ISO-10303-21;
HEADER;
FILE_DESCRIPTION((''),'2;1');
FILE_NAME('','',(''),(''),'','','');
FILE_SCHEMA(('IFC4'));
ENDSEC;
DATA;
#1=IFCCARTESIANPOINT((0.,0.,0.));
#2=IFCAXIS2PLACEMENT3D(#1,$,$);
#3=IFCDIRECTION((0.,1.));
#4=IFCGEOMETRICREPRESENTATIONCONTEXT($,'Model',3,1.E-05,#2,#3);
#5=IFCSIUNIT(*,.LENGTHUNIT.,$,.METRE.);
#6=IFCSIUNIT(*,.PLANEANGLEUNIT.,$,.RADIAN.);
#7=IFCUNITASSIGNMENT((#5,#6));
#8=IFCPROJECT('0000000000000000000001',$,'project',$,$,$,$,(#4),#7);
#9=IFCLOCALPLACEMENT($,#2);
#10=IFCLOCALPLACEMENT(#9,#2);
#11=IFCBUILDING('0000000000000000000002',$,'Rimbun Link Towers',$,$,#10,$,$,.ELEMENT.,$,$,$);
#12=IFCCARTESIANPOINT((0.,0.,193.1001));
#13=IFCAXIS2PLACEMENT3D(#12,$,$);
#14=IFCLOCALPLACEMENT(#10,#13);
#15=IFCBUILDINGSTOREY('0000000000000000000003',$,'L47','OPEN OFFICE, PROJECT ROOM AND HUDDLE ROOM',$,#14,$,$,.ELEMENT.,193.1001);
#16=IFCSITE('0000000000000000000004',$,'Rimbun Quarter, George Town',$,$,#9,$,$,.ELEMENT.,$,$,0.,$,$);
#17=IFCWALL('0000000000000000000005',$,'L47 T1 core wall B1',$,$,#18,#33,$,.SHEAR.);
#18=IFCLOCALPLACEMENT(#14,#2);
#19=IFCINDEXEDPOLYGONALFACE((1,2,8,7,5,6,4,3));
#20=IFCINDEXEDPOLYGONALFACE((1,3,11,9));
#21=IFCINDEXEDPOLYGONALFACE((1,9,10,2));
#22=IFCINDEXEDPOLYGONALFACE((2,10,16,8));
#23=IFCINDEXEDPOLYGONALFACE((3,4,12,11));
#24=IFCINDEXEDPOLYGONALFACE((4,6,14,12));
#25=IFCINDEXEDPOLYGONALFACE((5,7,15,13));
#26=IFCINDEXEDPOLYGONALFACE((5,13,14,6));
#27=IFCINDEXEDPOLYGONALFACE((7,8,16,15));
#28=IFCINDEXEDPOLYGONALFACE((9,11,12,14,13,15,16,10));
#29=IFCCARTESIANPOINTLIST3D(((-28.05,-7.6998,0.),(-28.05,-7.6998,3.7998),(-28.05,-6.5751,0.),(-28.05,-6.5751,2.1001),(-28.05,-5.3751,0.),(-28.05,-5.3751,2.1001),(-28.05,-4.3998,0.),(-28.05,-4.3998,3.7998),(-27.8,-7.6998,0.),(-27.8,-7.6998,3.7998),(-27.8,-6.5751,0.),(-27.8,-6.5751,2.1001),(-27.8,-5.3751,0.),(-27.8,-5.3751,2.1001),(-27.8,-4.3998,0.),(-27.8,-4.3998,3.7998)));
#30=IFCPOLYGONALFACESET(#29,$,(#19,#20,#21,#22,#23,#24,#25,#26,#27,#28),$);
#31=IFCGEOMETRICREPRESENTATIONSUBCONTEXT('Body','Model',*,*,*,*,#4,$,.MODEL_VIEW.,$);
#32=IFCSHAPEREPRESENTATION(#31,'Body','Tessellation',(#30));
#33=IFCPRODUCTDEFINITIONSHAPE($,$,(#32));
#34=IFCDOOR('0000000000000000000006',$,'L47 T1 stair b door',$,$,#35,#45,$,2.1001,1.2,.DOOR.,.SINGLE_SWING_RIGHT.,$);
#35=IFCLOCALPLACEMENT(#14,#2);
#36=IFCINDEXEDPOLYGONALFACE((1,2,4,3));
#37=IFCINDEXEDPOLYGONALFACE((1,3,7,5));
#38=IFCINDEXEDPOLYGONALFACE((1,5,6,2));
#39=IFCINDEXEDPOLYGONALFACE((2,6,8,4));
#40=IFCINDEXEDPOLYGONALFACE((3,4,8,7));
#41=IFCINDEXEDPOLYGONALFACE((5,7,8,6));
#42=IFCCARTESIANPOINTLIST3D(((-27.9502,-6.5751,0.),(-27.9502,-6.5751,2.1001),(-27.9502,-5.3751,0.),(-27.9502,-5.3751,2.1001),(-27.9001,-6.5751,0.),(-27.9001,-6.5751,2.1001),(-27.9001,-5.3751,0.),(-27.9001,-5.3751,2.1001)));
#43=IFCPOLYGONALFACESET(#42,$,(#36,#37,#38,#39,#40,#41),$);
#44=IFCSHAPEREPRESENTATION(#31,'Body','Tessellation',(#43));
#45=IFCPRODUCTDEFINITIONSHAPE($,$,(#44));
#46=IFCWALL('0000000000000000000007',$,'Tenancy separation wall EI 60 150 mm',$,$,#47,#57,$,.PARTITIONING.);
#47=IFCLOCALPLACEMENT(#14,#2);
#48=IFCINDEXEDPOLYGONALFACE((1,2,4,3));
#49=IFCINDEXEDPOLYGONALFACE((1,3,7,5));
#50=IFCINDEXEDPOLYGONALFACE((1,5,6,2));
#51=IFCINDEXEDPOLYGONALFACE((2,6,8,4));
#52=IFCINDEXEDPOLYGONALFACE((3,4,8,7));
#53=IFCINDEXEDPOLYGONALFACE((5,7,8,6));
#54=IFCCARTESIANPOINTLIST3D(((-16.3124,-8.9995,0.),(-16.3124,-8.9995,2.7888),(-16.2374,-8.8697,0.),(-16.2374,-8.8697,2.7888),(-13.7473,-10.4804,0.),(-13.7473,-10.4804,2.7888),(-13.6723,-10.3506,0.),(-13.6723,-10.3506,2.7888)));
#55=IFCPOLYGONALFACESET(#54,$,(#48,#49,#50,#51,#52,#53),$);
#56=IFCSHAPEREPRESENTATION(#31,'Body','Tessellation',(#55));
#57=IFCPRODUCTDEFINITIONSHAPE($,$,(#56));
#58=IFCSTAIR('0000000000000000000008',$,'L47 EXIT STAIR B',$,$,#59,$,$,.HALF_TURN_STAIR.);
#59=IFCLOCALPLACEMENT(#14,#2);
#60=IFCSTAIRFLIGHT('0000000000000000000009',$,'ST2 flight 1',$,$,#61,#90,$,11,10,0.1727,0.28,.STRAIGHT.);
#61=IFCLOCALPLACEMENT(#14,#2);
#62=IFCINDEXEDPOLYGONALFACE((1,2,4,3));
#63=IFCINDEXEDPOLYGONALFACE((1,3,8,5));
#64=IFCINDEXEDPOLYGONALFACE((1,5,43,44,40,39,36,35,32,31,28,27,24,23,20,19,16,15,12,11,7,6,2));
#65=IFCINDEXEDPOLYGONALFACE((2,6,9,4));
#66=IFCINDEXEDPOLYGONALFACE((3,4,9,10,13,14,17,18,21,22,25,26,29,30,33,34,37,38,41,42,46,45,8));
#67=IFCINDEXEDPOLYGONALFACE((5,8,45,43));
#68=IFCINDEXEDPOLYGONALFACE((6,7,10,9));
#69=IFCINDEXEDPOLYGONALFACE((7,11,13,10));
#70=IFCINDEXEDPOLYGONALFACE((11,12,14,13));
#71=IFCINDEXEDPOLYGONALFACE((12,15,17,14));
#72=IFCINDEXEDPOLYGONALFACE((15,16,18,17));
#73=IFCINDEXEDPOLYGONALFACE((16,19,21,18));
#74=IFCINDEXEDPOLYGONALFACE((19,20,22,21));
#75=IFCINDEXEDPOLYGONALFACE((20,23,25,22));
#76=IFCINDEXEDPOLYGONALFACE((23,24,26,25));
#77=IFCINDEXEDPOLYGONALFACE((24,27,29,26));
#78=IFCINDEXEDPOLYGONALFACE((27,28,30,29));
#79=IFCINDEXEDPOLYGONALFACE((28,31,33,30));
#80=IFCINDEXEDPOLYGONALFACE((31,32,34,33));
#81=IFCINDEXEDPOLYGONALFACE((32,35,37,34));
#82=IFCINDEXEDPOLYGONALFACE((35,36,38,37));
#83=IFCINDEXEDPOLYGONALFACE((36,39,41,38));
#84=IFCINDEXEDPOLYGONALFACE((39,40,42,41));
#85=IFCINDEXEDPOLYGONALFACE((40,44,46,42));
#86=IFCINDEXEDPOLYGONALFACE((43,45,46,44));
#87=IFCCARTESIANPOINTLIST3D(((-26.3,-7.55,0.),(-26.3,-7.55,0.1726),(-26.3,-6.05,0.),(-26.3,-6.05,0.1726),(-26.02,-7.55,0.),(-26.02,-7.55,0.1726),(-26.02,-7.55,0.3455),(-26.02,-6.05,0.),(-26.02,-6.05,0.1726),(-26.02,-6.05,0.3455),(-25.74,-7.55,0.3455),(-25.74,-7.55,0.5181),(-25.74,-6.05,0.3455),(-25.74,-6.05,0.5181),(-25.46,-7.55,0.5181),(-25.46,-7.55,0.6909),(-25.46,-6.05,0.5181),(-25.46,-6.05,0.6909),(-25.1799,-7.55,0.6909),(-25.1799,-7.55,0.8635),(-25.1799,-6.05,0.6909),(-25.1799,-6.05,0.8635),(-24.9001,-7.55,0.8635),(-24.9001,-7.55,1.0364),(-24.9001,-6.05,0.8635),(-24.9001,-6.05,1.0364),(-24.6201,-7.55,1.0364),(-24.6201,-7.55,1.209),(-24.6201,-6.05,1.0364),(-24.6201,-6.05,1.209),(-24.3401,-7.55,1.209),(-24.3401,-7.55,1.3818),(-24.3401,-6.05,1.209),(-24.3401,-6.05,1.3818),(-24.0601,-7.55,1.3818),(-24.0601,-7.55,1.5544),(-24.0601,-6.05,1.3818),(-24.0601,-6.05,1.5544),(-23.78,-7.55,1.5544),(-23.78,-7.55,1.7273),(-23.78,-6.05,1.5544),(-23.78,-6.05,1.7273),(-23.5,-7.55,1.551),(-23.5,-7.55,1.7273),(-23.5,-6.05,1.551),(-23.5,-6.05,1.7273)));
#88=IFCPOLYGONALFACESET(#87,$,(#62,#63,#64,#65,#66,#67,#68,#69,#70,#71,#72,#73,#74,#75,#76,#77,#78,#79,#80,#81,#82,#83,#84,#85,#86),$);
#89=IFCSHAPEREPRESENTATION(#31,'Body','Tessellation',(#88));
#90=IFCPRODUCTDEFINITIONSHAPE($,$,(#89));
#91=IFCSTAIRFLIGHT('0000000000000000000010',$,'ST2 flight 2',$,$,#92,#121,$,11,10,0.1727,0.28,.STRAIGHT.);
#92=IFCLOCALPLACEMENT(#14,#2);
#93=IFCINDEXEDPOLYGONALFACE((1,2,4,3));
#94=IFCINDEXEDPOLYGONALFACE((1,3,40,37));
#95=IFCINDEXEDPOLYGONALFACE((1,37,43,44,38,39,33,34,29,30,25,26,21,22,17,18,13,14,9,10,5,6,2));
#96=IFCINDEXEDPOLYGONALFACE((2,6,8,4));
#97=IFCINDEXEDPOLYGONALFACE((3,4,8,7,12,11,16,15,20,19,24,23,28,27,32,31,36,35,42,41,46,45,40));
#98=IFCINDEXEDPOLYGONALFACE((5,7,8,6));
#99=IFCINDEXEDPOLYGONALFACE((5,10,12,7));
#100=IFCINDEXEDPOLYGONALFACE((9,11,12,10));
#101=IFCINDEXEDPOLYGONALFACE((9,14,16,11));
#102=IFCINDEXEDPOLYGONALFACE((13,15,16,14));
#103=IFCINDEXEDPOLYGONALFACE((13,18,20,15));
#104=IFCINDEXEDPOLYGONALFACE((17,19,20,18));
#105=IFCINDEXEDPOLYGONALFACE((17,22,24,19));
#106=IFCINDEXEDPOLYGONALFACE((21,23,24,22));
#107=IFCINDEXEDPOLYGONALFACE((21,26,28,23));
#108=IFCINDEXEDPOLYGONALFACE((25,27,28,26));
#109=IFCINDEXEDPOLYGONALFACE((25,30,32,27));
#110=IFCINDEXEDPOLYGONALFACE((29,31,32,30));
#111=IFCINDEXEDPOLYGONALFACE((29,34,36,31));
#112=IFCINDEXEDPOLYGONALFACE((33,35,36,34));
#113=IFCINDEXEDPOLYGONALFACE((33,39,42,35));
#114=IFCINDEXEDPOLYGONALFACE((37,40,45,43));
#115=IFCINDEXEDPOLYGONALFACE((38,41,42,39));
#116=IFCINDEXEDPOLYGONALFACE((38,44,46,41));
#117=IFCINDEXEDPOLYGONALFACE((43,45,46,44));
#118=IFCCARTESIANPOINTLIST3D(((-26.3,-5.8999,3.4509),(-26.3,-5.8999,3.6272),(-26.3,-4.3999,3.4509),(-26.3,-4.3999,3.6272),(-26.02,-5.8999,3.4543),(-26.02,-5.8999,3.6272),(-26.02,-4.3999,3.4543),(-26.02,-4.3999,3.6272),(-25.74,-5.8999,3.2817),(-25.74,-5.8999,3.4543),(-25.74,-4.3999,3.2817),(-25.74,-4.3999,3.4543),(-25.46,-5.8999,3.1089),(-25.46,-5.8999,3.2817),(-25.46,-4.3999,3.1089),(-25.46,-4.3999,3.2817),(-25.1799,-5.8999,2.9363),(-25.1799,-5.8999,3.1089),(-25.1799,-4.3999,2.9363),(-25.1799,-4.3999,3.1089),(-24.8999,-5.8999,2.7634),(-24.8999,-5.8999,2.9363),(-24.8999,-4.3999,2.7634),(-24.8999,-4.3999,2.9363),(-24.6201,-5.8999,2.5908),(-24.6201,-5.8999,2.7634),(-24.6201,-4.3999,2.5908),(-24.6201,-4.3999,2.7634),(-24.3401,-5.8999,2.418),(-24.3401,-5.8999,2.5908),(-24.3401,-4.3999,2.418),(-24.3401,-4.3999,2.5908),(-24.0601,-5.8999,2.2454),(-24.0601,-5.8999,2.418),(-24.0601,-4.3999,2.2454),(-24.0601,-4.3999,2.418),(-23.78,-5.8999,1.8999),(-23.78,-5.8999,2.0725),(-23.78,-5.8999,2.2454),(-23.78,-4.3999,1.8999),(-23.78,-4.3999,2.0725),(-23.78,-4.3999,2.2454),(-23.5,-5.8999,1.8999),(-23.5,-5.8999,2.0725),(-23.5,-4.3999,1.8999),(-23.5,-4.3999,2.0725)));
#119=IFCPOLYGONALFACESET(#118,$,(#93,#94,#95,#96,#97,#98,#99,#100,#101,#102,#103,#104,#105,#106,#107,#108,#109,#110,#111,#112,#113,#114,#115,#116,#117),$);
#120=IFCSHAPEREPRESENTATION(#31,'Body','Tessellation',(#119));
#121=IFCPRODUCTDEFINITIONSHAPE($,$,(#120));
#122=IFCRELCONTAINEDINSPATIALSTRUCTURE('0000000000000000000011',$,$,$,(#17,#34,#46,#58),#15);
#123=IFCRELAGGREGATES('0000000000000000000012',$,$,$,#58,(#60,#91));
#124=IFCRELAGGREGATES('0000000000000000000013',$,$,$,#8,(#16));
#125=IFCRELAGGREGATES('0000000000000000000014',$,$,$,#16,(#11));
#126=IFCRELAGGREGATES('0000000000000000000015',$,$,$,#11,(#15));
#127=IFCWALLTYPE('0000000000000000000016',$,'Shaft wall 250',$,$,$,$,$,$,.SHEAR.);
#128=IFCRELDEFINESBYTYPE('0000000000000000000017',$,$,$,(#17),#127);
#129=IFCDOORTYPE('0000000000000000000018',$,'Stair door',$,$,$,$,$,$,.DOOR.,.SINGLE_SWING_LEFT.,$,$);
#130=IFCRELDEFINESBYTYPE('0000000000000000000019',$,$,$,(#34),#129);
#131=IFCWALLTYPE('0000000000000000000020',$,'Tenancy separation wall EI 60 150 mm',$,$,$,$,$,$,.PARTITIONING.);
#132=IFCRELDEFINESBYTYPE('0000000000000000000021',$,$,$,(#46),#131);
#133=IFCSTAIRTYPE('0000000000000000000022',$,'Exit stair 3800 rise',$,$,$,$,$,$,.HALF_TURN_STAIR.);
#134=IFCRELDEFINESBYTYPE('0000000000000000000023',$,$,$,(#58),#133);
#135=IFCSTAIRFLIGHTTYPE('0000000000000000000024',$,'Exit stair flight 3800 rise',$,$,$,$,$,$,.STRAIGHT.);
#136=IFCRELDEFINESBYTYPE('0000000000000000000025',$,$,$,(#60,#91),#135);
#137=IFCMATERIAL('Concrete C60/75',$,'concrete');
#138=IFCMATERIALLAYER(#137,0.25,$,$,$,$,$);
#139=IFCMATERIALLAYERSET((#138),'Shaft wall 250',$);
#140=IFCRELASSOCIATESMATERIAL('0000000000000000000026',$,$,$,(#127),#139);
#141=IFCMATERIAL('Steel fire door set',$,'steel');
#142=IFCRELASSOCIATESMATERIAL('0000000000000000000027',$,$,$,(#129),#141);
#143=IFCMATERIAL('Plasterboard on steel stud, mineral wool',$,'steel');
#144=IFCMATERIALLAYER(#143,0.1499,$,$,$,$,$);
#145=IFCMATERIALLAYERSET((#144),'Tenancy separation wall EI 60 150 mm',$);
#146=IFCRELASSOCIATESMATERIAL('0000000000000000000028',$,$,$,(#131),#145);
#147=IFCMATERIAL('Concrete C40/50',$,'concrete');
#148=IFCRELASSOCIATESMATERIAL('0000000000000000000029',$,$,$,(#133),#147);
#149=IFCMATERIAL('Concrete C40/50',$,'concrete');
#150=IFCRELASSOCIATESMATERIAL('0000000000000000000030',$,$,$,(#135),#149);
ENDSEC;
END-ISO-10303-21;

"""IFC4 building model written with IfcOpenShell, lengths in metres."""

from ifc_helpers import new_model, si_unit, direction, frame, frame_2d, origin, place, context, subcontext, project, spatial, polyline, rectangle, outline, extrude, material, layer, layer_set, type_object, element, fill, aggregate, save


model = new_model("IFC4")

# Units and contexts
model_context = context("Model", 3, precision=1e-05, world=origin(), true_north=direction((0.0, 1.0)))
body_context = subcontext(model_context, "Body", "Model", "MODEL_VIEW")
ifc_project = project(units=[si_unit("LENGTHUNIT", "METRE"), si_unit("PLANEANGLEUNIT", "RADIAN")], contexts=[model_context])

# Site, building, storey
site_placement = place(None, origin())
site = spatial("IfcSite", under=ifc_project, at=site_placement, Name="Rimbun Quarter, George Town", CompositionType="ELEMENT", RefElevation=0.0)
building_placement = place(site_placement, origin())
building = spatial("IfcBuilding", under=site, at=building_placement, Name="Rimbun Link Towers", CompositionType="ELEMENT")
storey_placement = place(building_placement, frame((0.0, 0.0, 193.1001)))
storey = spatial("IfcBuildingStorey", under=building, at=storey_placement, Name="L47", Description="OPEN OFFICE, PROJECT ROOM AND HUDDLE ROOM", CompositionType="ELEMENT", Elevation=193.1001)

# Shared definitions
ifc_material_1 = material(Name="Concrete C60/75", Category="concrete")
ifc_layer_1 = layer(ifc_material_1, 0.25)
ifc_layer_set_1 = layer_set([ifc_layer_1], Name="Shaft wall 250")
wall_type_1 = type_object("IfcWallType", Name="Shaft wall 250", PredefinedType="SHEAR", material=ifc_layer_set_1)

# Wall, opening, door
wall_1_placement = place(storey_placement, frame((-27.925, -4.3999, 0.0), z_axis=(0.0, 0.0, 1.0), x_axis=(0.0, -1.0, 0.0)))
wall_1 = element("IfcWall", 1, at=wall_1_placement, inside=storey, type_object=wall_type_1, Name="L47 T1 core wall B1", PredefinedType="SHEAR", context=body_context, shape_type="SweptSolid", body=[
    extrude(rectangle(XDim=3.3, YDim=0.25, at=frame_2d((1.6499, 0.0))), origin(), (0.0, 0.0, 1.0), 3.7998),
])
opening_1_placement = place(wall_1_placement, frame((0.9751, 0.0, 0.0)))
opening_1 = element("IfcOpeningElement", 2, at=opening_1_placement, cuts=wall_1, PredefinedType="OPENING", context=body_context, shape_type="SweptSolid", body=[
    extrude(rectangle(XDim=1.2, YDim=2.1001, at=frame_2d((0.6001, 1.05))), frame((0.0, 0.135, 0.0), z_axis=(0.0, -1.0, 0.0), x_axis=(1.0, 0.0, 0.0)), (0.0, 0.0, 1.0), 0.27),
])
ifc_material_2 = material(Name="Steel fire door set", Category="steel")
door_type_1 = type_object("IfcDoorType", Name="Stair door", OperationType="SINGLE_SWING_LEFT", PredefinedType="DOOR", material=ifc_material_2)
door_1_placement = place(opening_1_placement, origin())
door_1 = element("IfcDoor", 3, at=door_1_placement, inside=storey, type_object=door_type_1, Name="L47 T1 stair b door", OperationType="SINGLE_SWING_RIGHT", OverallHeight=2.1001, OverallWidth=1.2, PredefinedType="DOOR", context=body_context, shape_type="SweptSolid", body=[
    extrude(rectangle(XDim=1.2, YDim=2.1001, at=frame_2d((0.6001, 1.05))), frame((0.0, 0.0249, 0.0), z_axis=(0.0, -1.0, 0.0), x_axis=(1.0, 0.0, 0.0)), (0.0, 0.0, 1.0), 0.05),
])
fill(opening_1, door_1)

# Wall
ifc_material_3 = material(Name="Plasterboard on steel stud, mineral wool", Category="steel")
ifc_layer_2 = layer(ifc_material_3, 0.1499)
ifc_layer_set_2 = layer_set([ifc_layer_2], Name="Tenancy separation wall EI 60 150 mm")
wall_type_2 = type_object("IfcWallType", Name="Tenancy separation wall EI 60 150 mm", PredefinedType="PARTITIONING", material=ifc_layer_set_2)
wall_2_placement = place(storey_placement, frame((-16.2749, -8.9346, 0.0), z_axis=(0.0, 0.0, 1.0), x_axis=(0.866033, -0.499986, 0.0)))
element("IfcWall", 4, at=wall_2_placement, inside=storey, type_object=wall_type_2, Name="Tenancy separation wall EI 60 150 mm", PredefinedType="PARTITIONING", context=body_context, shape_type="SweptSolid", body=[
    extrude(rectangle(XDim=2.9619, YDim=0.1499, at=frame_2d((1.481, 0.0))), origin(), (0.0, 0.0, 1.0), 2.7888),
])

# Stair, stair flights
ifc_material_4 = material(Name="Concrete C40/50", Category="concrete")
stair_type = type_object("IfcStairType", Name="Exit stair 3800 rise", PredefinedType="HALF_TURN_STAIR", material=ifc_material_4)
stair_placement = place(storey_placement, origin())
stair = element("IfcStair", 5, at=stair_placement, inside=storey, type_object=stair_type, Name="L47 EXIT STAIR B", PredefinedType="HALF_TURN_STAIR")
ifc_material_5 = material(Name="Concrete C40/50", Category="concrete")
stair_flight_type = type_object("IfcStairFlightType", Name="Exit stair flight 3800 rise", PredefinedType="STRAIGHT", material=ifc_material_5)
stair_flight_1_placement = place(storey_placement, frame((-26.3, -6.8, 0.0), z_axis=(0.0, 0.0, 1.0), x_axis=(1.0, 0.0, 0.0)))
stair_flight_1 = element("IfcStairFlight", 6, at=stair_flight_1_placement, type_object=stair_flight_type, Name="ST2 flight 1", NumberOfRisers=11, NumberOfTreads=10, PredefinedType="STRAIGHT", RiserHeight=0.1727, TreadLength=0.28, context=body_context, shape_type="SweptSolid", body=[
    extrude(outline(polyline([(0.0, 0.0), (0.0, 0.1726), (0.28, 0.1726), (0.28, 0.3455), (0.5601, 0.3455), (0.5601, 0.5181), (0.8401, 0.5181), (0.8401, 0.6909), (1.1201, 0.6909), (1.1201, 0.8635), (1.3999, 0.8635), (1.3999, 1.0364), (1.6799, 1.0364), (1.6799, 1.209), (1.96, 1.209), (1.96, 1.3818), (2.24, 1.3818), (2.24, 1.5544), (2.52, 1.5544), (2.52, 1.7273), (2.8, 1.7273), (2.8, 1.8999), (2.8, 1.551), (0.28, 0.0), (0.0, 0.0)])), frame((0.0, 0.75, 0.0), z_axis=(0.0, -1.0, 0.0), x_axis=(1.0, 0.0, 0.0)), (0.0, 0.0, 1.0), 1.5),
])
stair_flight_2_placement = place(storey_placement, frame((-23.5, -5.1499, 1.8999), z_axis=(0.0, 0.0, 1.0), x_axis=(-1.0, 0.0, 0.0)))
stair_flight_2 = element("IfcStairFlight", 7, at=stair_flight_2_placement, type_object=stair_flight_type, Name="ST2 flight 2", NumberOfRisers=11, NumberOfTreads=10, PredefinedType="STRAIGHT", RiserHeight=0.1727, TreadLength=0.28, context=body_context, shape_type="SweptSolid", body=[
    extrude(outline(polyline([(0.0, 0.0), (0.0, 0.1726), (0.28, 0.1726), (0.28, 0.3455), (0.5601, 0.3455), (0.5601, 0.5181), (0.8401, 0.5181), (0.8401, 0.6909), (1.1201, 0.6909), (1.1201, 0.8635), (1.3999, 0.8635), (1.3999, 1.0364), (1.6799, 1.0364), (1.6799, 1.209), (1.96, 1.209), (1.96, 1.3818), (2.24, 1.3818), (2.24, 1.5544), (2.52, 1.5544), (2.52, 1.7273), (2.8, 1.7273), (2.8, 1.8999), (2.8, 1.551), (0.28, 0.0), (0.0, 0.0)])), frame((0.0, 0.75, 0.0), z_axis=(0.0, -1.0, 0.0), x_axis=(1.0, 0.0, 0.0)), (0.0, 0.0, 1.0), 1.5),
])
aggregate(stair, [stair_flight_1, stair_flight_2])

save(model, "model.ifc")
